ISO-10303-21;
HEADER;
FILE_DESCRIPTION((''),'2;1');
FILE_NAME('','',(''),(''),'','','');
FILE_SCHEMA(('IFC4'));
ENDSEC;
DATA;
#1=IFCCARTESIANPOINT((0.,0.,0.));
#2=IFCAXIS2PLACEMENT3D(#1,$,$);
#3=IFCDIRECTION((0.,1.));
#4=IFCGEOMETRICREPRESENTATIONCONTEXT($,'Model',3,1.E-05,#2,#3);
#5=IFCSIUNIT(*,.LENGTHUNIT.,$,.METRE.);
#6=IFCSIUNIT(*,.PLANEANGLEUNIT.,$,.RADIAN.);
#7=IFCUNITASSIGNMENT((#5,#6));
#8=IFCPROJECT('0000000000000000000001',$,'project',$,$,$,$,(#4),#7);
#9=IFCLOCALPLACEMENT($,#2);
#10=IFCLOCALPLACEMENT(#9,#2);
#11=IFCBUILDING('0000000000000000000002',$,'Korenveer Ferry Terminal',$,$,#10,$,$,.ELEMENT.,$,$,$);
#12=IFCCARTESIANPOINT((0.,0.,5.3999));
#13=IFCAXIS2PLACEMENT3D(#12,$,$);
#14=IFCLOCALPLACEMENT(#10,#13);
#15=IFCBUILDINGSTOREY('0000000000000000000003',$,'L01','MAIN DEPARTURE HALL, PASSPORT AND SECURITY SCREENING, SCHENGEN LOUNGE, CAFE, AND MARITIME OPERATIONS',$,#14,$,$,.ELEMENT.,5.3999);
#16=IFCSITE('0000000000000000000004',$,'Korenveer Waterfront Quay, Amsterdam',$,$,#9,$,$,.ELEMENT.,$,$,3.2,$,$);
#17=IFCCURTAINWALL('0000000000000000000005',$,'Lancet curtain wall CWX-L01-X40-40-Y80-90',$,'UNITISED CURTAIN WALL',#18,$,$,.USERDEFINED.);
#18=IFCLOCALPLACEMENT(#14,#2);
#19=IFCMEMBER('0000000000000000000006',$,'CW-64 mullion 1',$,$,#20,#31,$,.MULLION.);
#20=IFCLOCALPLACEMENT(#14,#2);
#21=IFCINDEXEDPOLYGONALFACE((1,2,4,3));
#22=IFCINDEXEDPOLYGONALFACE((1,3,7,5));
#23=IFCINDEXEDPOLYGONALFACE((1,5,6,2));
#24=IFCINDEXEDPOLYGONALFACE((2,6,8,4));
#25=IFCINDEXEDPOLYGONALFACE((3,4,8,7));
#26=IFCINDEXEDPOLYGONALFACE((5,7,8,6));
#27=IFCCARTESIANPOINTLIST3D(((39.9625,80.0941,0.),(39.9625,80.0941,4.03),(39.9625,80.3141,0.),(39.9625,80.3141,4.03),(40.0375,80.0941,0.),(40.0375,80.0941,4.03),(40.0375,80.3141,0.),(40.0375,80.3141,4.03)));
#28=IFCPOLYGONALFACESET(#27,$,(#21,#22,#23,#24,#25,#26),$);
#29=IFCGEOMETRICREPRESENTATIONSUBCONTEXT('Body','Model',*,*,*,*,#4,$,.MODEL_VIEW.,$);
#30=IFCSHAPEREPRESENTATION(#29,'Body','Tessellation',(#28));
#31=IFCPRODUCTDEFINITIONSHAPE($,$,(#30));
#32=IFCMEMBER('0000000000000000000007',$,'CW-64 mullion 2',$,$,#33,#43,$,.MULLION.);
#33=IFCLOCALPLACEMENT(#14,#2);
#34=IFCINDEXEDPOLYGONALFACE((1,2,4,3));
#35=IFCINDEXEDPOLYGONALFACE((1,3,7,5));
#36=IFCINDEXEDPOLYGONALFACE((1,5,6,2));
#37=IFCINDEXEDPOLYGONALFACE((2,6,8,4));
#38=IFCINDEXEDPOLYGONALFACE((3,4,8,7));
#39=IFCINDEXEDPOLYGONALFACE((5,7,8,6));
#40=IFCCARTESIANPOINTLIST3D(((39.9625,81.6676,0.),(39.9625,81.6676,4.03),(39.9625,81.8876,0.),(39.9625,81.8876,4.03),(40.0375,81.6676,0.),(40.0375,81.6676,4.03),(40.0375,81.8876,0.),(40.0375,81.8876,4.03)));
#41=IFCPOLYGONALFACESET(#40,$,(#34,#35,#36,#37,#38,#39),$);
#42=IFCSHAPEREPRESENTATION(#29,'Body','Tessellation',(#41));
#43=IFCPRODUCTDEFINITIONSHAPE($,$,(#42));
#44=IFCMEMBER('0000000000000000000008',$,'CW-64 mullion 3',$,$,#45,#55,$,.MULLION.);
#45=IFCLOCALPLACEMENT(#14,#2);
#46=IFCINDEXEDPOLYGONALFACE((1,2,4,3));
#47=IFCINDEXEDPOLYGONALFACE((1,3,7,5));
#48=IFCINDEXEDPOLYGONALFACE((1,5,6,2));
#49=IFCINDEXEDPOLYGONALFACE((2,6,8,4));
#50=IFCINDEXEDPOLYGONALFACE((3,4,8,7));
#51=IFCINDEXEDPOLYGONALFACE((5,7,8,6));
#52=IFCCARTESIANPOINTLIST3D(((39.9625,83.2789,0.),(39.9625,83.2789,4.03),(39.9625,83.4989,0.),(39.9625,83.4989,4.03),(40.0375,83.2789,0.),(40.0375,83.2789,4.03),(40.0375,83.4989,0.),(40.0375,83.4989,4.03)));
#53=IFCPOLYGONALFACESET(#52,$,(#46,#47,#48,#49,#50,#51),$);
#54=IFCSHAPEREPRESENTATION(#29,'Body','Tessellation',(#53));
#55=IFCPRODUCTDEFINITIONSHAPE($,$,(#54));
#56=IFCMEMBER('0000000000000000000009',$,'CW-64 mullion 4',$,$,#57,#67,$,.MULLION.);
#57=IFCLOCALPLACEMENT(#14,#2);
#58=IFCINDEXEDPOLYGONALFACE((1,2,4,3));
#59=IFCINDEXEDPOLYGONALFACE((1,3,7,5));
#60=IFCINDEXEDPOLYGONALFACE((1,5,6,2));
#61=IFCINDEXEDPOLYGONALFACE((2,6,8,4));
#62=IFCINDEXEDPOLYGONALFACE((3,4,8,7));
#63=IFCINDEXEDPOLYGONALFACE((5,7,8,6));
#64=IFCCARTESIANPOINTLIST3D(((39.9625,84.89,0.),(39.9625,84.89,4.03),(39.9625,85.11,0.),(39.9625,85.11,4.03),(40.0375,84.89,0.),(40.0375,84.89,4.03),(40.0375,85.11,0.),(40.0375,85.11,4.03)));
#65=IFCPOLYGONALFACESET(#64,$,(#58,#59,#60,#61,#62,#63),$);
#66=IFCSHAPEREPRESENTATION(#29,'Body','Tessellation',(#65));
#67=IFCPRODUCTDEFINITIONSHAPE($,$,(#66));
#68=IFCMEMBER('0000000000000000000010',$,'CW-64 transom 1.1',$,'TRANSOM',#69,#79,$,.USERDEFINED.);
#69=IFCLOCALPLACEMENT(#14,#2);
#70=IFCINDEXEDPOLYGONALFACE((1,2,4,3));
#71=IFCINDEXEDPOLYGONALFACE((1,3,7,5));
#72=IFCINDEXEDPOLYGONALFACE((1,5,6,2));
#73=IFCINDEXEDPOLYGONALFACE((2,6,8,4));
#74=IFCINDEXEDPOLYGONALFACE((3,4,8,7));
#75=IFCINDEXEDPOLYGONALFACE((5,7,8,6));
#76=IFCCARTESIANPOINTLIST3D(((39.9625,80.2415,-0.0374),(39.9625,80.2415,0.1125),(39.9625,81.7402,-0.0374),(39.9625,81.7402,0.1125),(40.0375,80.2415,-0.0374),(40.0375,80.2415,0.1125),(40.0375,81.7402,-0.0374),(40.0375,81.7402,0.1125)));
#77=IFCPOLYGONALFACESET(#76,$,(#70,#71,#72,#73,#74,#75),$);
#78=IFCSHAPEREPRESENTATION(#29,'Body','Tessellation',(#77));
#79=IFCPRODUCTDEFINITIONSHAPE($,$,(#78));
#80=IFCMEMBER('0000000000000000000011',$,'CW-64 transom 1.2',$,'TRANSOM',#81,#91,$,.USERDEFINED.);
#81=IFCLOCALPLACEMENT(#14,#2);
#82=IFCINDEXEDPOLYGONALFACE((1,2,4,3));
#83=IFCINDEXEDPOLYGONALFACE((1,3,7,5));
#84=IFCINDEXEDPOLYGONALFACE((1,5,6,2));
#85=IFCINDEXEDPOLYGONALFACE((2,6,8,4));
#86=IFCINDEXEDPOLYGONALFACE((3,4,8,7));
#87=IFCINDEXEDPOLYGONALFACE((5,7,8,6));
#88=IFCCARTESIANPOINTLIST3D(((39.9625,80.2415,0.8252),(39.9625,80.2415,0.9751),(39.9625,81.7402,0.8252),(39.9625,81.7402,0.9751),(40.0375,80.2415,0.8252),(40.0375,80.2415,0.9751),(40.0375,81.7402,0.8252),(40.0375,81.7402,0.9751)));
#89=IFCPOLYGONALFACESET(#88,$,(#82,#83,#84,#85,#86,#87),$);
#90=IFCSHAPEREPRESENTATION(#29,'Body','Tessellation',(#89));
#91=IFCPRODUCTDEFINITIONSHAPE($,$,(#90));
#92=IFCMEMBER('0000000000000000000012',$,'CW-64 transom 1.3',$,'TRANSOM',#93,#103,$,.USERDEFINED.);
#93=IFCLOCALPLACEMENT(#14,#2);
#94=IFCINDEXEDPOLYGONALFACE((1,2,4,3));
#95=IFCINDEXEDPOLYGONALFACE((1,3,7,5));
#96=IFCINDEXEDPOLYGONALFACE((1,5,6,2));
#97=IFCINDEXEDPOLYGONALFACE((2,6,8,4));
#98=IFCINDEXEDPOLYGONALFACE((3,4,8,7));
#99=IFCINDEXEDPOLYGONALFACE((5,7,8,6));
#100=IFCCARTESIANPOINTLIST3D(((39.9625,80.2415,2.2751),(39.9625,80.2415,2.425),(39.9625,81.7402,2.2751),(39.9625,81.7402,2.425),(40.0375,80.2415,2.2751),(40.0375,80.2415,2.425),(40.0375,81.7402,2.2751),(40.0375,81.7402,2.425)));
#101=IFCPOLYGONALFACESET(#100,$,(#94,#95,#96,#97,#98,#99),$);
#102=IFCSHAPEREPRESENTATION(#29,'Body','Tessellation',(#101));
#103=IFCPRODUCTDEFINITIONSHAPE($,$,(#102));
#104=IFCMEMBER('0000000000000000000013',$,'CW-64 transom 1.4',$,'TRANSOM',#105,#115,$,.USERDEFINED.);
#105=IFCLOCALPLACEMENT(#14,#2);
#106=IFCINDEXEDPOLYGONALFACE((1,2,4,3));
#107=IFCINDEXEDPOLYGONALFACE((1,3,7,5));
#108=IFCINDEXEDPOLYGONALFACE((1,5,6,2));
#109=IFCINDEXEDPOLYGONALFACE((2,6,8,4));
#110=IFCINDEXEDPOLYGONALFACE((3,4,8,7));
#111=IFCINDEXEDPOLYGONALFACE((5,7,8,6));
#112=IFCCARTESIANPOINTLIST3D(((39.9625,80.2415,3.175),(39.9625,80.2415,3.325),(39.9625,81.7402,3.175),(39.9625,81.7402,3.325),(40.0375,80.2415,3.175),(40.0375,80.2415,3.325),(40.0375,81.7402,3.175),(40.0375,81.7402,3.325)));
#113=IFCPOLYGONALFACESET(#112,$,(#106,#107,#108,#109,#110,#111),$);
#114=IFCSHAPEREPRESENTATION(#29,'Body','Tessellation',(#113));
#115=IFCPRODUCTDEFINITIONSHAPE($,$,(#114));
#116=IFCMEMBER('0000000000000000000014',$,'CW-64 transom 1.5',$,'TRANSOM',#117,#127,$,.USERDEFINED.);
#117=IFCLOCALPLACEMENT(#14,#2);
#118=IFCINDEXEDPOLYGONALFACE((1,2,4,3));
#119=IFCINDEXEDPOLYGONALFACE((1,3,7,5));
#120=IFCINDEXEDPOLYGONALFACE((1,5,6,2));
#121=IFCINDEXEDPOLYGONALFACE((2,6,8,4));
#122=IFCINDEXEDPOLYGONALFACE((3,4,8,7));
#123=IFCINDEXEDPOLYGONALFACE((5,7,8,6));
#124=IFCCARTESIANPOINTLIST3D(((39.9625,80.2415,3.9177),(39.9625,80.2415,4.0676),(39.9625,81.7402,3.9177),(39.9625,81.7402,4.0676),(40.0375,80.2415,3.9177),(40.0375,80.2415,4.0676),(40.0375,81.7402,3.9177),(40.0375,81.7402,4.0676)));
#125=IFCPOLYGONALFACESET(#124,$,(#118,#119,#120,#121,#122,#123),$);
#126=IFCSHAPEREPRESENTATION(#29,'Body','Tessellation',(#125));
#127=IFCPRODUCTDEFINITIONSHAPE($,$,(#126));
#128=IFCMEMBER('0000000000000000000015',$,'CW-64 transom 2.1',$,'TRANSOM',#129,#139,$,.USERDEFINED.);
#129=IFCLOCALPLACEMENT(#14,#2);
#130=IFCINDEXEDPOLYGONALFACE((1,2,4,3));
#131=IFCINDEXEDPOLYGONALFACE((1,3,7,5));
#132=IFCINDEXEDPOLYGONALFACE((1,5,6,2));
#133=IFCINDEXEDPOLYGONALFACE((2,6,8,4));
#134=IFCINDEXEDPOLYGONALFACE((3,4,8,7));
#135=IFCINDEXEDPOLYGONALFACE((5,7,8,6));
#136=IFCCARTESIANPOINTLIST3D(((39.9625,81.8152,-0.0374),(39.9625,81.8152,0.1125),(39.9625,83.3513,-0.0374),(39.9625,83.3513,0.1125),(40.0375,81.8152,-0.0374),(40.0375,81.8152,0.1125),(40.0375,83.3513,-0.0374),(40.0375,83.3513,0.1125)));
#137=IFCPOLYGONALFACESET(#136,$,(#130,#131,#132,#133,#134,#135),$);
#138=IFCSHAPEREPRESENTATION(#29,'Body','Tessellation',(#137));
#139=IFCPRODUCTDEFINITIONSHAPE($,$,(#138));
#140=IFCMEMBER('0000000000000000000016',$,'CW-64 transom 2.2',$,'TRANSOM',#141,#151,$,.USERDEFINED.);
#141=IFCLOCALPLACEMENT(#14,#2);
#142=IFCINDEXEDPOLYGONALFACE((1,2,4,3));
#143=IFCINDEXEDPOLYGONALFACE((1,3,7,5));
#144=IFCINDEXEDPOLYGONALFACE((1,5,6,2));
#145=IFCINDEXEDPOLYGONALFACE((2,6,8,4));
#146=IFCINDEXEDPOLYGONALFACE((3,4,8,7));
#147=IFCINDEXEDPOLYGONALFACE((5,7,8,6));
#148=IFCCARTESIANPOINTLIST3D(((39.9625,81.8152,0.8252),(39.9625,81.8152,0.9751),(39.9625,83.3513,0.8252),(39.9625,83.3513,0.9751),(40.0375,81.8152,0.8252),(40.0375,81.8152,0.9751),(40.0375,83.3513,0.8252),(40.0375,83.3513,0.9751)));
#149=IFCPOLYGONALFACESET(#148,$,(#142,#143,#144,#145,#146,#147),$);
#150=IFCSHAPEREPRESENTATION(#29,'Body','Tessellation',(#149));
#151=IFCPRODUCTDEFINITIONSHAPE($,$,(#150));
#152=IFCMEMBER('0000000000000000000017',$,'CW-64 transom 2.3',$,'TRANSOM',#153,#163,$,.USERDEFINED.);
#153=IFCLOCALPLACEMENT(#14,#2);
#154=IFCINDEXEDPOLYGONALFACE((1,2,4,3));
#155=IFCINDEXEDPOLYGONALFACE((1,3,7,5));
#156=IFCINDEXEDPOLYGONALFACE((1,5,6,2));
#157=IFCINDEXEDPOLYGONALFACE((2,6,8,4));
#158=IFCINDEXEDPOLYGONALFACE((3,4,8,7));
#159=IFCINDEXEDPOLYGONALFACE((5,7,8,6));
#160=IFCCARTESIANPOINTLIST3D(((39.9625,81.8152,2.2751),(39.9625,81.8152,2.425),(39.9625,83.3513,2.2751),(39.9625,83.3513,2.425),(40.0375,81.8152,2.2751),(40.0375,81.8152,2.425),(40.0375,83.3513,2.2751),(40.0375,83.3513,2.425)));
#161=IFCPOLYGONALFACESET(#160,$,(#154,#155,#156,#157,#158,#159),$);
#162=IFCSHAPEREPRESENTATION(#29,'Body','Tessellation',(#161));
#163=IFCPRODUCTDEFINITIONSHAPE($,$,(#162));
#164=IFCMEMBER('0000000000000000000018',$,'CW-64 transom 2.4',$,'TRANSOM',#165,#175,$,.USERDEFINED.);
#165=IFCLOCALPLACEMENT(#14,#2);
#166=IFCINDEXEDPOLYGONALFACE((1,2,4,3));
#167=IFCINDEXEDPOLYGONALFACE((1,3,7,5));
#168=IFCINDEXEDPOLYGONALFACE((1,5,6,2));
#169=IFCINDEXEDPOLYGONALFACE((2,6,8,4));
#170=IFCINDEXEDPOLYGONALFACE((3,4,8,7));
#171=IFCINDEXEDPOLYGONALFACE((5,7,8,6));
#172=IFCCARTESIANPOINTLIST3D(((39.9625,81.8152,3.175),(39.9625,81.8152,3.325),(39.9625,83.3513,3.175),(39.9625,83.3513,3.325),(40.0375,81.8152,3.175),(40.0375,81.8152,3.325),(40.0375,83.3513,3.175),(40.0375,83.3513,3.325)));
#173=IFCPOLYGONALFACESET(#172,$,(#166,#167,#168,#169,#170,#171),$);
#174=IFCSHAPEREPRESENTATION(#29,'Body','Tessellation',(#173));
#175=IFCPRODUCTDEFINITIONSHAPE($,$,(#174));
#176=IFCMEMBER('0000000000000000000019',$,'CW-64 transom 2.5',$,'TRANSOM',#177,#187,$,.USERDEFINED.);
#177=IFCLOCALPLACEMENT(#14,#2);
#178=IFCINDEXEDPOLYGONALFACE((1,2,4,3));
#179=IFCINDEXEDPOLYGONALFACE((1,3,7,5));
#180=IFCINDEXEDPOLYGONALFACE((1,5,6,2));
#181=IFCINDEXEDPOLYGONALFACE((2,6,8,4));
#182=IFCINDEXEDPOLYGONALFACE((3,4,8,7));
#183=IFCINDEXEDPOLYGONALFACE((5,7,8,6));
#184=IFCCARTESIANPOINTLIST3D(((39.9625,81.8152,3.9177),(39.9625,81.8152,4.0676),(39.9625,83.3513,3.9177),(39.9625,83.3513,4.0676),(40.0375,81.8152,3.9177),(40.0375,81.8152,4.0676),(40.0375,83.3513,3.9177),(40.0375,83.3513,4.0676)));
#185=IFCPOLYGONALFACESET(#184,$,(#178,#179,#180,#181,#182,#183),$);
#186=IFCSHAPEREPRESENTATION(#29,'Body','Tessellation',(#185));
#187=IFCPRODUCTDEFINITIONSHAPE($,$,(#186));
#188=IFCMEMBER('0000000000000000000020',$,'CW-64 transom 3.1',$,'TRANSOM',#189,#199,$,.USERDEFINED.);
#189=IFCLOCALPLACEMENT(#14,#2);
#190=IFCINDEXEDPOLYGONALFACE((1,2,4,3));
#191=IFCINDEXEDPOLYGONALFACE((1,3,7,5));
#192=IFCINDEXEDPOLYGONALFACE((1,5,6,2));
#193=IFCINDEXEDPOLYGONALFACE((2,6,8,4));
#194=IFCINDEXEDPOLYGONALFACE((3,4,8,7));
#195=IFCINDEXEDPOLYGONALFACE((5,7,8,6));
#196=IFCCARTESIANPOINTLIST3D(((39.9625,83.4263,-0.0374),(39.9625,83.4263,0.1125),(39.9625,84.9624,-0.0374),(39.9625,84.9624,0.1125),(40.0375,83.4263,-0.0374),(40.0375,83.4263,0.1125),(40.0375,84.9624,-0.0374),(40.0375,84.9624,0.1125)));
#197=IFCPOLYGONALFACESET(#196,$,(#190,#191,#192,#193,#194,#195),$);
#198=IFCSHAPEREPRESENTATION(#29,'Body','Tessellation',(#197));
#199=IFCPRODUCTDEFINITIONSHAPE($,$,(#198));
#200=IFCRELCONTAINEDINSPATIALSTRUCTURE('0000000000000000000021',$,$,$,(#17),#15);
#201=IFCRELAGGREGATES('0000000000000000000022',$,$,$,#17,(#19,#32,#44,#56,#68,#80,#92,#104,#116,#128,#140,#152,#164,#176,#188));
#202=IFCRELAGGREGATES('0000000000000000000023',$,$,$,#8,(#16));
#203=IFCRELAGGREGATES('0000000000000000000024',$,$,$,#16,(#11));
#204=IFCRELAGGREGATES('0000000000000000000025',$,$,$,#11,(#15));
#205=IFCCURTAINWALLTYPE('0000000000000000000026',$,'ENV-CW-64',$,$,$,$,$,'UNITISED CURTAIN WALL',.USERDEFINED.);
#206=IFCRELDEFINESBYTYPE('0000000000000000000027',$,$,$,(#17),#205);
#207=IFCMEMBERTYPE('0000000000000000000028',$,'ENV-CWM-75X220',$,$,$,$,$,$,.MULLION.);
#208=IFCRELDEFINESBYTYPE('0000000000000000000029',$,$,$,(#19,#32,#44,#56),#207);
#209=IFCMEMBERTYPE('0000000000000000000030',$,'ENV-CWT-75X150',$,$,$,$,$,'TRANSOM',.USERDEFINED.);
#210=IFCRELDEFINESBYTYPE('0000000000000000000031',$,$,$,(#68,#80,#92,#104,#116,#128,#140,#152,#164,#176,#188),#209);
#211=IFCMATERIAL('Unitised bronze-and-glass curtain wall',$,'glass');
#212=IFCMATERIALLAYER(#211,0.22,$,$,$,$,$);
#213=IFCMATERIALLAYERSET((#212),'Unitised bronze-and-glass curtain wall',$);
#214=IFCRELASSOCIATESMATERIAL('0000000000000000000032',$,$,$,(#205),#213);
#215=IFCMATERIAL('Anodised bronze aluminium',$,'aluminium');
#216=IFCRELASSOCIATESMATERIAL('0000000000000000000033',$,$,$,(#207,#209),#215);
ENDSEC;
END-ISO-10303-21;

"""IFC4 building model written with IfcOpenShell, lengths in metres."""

from ifc_helpers import new_model, si_unit, direction, frame, origin, origin_2d, place, context, subcontext, project, spatial, rectangle, extrude, material, layer, layer_set, material_profile, profile_set, type_object, element, aggregate, save


model = new_model("IFC4")

# Units and contexts
model_context = context("Model", 3, precision=1e-05, world=origin(), true_north=direction((0.0, 1.0)))
body_context = subcontext(model_context, "Body", "Model", "MODEL_VIEW")
ifc_project = project(units=[si_unit("LENGTHUNIT", "METRE"), si_unit("PLANEANGLEUNIT", "RADIAN")], contexts=[model_context])

# Site, building, storey
site_placement = place(None, origin())
site = spatial("IfcSite", under=ifc_project, at=site_placement, Name="Korenveer Waterfront Quay, Amsterdam", CompositionType="ELEMENT", RefElevation=3.2)
building_placement = place(site_placement, origin())
building = spatial("IfcBuilding", under=site, at=building_placement, Name="Korenveer Ferry Terminal", CompositionType="ELEMENT")
storey_placement = place(building_placement, frame((0.0, 0.0, 5.3999)))
storey = spatial("IfcBuildingStorey", under=building, at=storey_placement, Name="L01", Description="MAIN DEPARTURE HALL, PASSPORT AND SECURITY SCREENING, SCHENGEN LOUNGE, CAFE, AND MARITIME OPERATIONS", CompositionType="ELEMENT", Elevation=5.3999)

# Curtain wall, members
ifc_material_1 = material(Name="Unitised bronze-and-glass curtain wall", Category="glass")
ifc_layer_1 = layer(ifc_material_1, 0.22)
ifc_layer_set_1 = layer_set([ifc_layer_1], Name="Unitised bronze-and-glass curtain wall")
curtain_wall_type = type_object("IfcCurtainWallType", Name="ENV-CW-64", ElementType="UNITISED CURTAIN WALL", PredefinedType="USERDEFINED", material=ifc_layer_set_1)
curtain_wall_placement = place(storey_placement, frame((40.0, 80.1665, 0.0)))
curtain_wall = element("IfcCurtainWall", 1, at=curtain_wall_placement, inside=storey, type_object=curtain_wall_type, Name="Lancet curtain wall CWX-L01-X40-40-Y80-90", ObjectType="UNITISED CURTAIN WALL", PredefinedType="USERDEFINED")
ifc_material_2 = material(Name="Anodised bronze aluminium", Category="aluminium")
ifc_material_profile_1 = material_profile(ifc_material_2, rectangle(XDim=0.075, YDim=0.22, at=origin_2d()), Name="ALU 75x220")
ifc_profile_set_1 = profile_set([ifc_material_profile_1], Name="Anodised bronze aluminium")
member_type_1 = type_object("IfcMemberType", Name="ENV-CWM-75X220", PredefinedType="MULLION", material=ifc_profile_set_1)
member_1_placement = place(storey_placement, frame((40.0, 80.2041, 0.0), z_axis=(0.0, 0.0, 1.0), x_axis=(-1.0, 0.0, 0.0)))
member_1 = element("IfcMember", 2, at=member_1_placement, type_object=member_type_1, Name="CW-64 mullion 1", PredefinedType="MULLION", context=body_context, shape_type="SweptSolid", body=[
    extrude(rectangle(XDim=0.075, YDim=0.22, at=origin_2d()), origin(), (0.0, 0.0, 1.0), 4.03),
])
member_2_placement = place(storey_placement, frame((40.0, 81.7776, 0.0), z_axis=(0.0, 0.0, 1.0), x_axis=(-1.0, 0.0, 0.0)))
member_2 = element("IfcMember", 3, at=member_2_placement, type_object=member_type_1, Name="CW-64 mullion 2", PredefinedType="MULLION", context=body_context, shape_type="SweptSolid", body=[
    extrude(rectangle(XDim=0.075, YDim=0.22, at=origin_2d()), origin(), (0.0, 0.0, 1.0), 4.03),
])
member_3_placement = place(storey_placement, frame((40.0, 83.3889, 0.0), z_axis=(0.0, 0.0, 1.0), x_axis=(-1.0, 0.0, 0.0)))
member_3 = element("IfcMember", 4, at=member_3_placement, type_object=member_type_1, Name="CW-64 mullion 3", PredefinedType="MULLION", context=body_context, shape_type="SweptSolid", body=[
    extrude(rectangle(XDim=0.075, YDim=0.22, at=origin_2d()), origin(), (0.0, 0.0, 1.0), 4.03),
])
member_4_placement = place(storey_placement, frame((40.0, 85.0, 0.0), z_axis=(0.0, 0.0, 1.0), x_axis=(-1.0, 0.0, 0.0)))
member_4 = element("IfcMember", 5, at=member_4_placement, type_object=member_type_1, Name="CW-64 mullion 4", PredefinedType="MULLION", context=body_context, shape_type="SweptSolid", body=[
    extrude(rectangle(XDim=0.075, YDim=0.22, at=origin_2d()), origin(), (0.0, 0.0, 1.0), 4.03),
])
ifc_material_profile_2 = material_profile(ifc_material_2, rectangle(XDim=0.075, YDim=0.1499, at=origin_2d()), Name="ALU 75x150")
ifc_profile_set_2 = profile_set([ifc_material_profile_2], Name="Anodised bronze aluminium")
member_type_2 = type_object("IfcMemberType", Name="ENV-CWT-75X150", ElementType="TRANSOM", PredefinedType="USERDEFINED", material=ifc_profile_set_2)
member_5_placement = place(storey_placement, frame((40.0, 80.2415, 0.0376), z_axis=(0.0, 1.0, 0.0), x_axis=(-1.0, 0.0, 0.0)))
member_5 = element("IfcMember", 6, at=member_5_placement, type_object=member_type_2, Name="CW-64 transom 1.1", ObjectType="TRANSOM", PredefinedType="USERDEFINED", context=body_context, shape_type="SweptSolid", body=[
    extrude(rectangle(XDim=0.075, YDim=0.1499, at=origin_2d()), origin(), (0.0, 0.0, 1.0), 1.4988),
])
member_6_placement = place(storey_placement, frame((40.0, 80.2415, 0.9001), z_axis=(0.0, 1.0, 0.0), x_axis=(-1.0, 0.0, 0.0)))
member_6 = element("IfcMember", 7, at=member_6_placement, type_object=member_type_2, Name="CW-64 transom 1.2", ObjectType="TRANSOM", PredefinedType="USERDEFINED", context=body_context, shape_type="SweptSolid", body=[
    extrude(rectangle(XDim=0.075, YDim=0.1499, at=origin_2d()), origin(), (0.0, 0.0, 1.0), 1.4988),
])
member_7_placement = place(storey_placement, frame((40.0, 80.2415, 2.3501), z_axis=(0.0, 1.0, 0.0), x_axis=(-1.0, 0.0, 0.0)))
member_7 = element("IfcMember", 8, at=member_7_placement, type_object=member_type_2, Name="CW-64 transom 1.3", ObjectType="TRANSOM", PredefinedType="USERDEFINED", context=body_context, shape_type="SweptSolid", body=[
    extrude(rectangle(XDim=0.075, YDim=0.1499, at=origin_2d()), origin(), (0.0, 0.0, 1.0), 1.4988),
])
member_8_placement = place(storey_placement, frame((40.0, 80.2415, 3.25), z_axis=(0.0, 1.0, 0.0), x_axis=(-1.0, 0.0, 0.0)))
member_8 = element("IfcMember", 9, at=member_8_placement, type_object=member_type_2, Name="CW-64 transom 1.4", ObjectType="TRANSOM", PredefinedType="USERDEFINED", context=body_context, shape_type="SweptSolid", body=[
    extrude(rectangle(XDim=0.075, YDim=0.1499, at=origin_2d()), origin(), (0.0, 0.0, 1.0), 1.4988),
])
member_9_placement = place(storey_placement, frame((40.0, 80.2415, 3.9927), z_axis=(0.0, 1.0, 0.0), x_axis=(-1.0, 0.0, 0.0)))
member_9 = element("IfcMember", 10, at=member_9_placement, type_object=member_type_2, Name="CW-64 transom 1.5", ObjectType="TRANSOM", PredefinedType="USERDEFINED", context=body_context, shape_type="SweptSolid", body=[
    extrude(rectangle(XDim=0.075, YDim=0.1499, at=origin_2d()), origin(), (0.0, 0.0, 1.0), 1.4988),
])
member_10_placement = place(storey_placement, frame((40.0, 81.8152, 0.0376), z_axis=(0.0, 1.0, 0.0), x_axis=(-1.0, 0.0, 0.0)))
member_10 = element("IfcMember", 11, at=member_10_placement, type_object=member_type_2, Name="CW-64 transom 2.1", ObjectType="TRANSOM", PredefinedType="USERDEFINED", context=body_context, shape_type="SweptSolid", body=[
    extrude(rectangle(XDim=0.075, YDim=0.1499, at=origin_2d()), origin(), (0.0, 0.0, 1.0), 1.5361),
])
member_11_placement = place(storey_placement, frame((40.0, 81.8152, 0.9001), z_axis=(0.0, 1.0, 0.0), x_axis=(-1.0, 0.0, 0.0)))
member_11 = element("IfcMember", 12, at=member_11_placement, type_object=member_type_2, Name="CW-64 transom 2.2", ObjectType="TRANSOM", PredefinedType="USERDEFINED", context=body_context, shape_type="SweptSolid", body=[
    extrude(rectangle(XDim=0.075, YDim=0.1499, at=origin_2d()), origin(), (0.0, 0.0, 1.0), 1.5361),
])
member_12_placement = place(storey_placement, frame((40.0, 81.8152, 2.3501), z_axis=(0.0, 1.0, 0.0), x_axis=(-1.0, 0.0, 0.0)))
member_12 = element("IfcMember", 13, at=member_12_placement, type_object=member_type_2, Name="CW-64 transom 2.3", ObjectType="TRANSOM", PredefinedType="USERDEFINED", context=body_context, shape_type="SweptSolid", body=[
    extrude(rectangle(XDim=0.075, YDim=0.1499, at=origin_2d()), origin(), (0.0, 0.0, 1.0), 1.5361),
])
member_13_placement = place(storey_placement, frame((40.0, 81.8152, 3.25), z_axis=(0.0, 1.0, 0.0), x_axis=(-1.0, 0.0, 0.0)))
member_13 = element("IfcMember", 14, at=member_13_placement, type_object=member_type_2, Name="CW-64 transom 2.4", ObjectType="TRANSOM", PredefinedType="USERDEFINED", context=body_context, shape_type="SweptSolid", body=[
    extrude(rectangle(XDim=0.075, YDim=0.1499, at=origin_2d()), origin(), (0.0, 0.0, 1.0), 1.5361),
])
member_14_placement = place(storey_placement, frame((40.0, 81.8152, 3.9927), z_axis=(0.0, 1.0, 0.0), x_axis=(-1.0, 0.0, 0.0)))
member_14 = element("IfcMember", 15, at=member_14_placement, type_object=member_type_2, Name="CW-64 transom 2.5", ObjectType="TRANSOM", PredefinedType="USERDEFINED", context=body_context, shape_type="SweptSolid", body=[
    extrude(rectangle(XDim=0.075, YDim=0.1499, at=origin_2d()), origin(), (0.0, 0.0, 1.0), 1.5361),
])
member_15_placement = place(storey_placement, frame((40.0, 83.4263, 0.0376), z_axis=(0.0, 1.0, 0.0), x_axis=(-1.0, 0.0, 0.0)))
member_15 = element("IfcMember", 16, at=member_15_placement, type_object=member_type_2, Name="CW-64 transom 3.1", ObjectType="TRANSOM", PredefinedType="USERDEFINED", context=body_context, shape_type="SweptSolid", body=[
    extrude(rectangle(XDim=0.075, YDim=0.1499, at=origin_2d()), origin(), (0.0, 0.0, 1.0), 1.5361),
])

aggregate(curtain_wall, [member_1, member_2, member_3, member_4, member_5, member_6, member_7, member_8, member_9, member_10, member_11, member_12, member_13, member_14, member_15])

save(model, "model.ifc")
